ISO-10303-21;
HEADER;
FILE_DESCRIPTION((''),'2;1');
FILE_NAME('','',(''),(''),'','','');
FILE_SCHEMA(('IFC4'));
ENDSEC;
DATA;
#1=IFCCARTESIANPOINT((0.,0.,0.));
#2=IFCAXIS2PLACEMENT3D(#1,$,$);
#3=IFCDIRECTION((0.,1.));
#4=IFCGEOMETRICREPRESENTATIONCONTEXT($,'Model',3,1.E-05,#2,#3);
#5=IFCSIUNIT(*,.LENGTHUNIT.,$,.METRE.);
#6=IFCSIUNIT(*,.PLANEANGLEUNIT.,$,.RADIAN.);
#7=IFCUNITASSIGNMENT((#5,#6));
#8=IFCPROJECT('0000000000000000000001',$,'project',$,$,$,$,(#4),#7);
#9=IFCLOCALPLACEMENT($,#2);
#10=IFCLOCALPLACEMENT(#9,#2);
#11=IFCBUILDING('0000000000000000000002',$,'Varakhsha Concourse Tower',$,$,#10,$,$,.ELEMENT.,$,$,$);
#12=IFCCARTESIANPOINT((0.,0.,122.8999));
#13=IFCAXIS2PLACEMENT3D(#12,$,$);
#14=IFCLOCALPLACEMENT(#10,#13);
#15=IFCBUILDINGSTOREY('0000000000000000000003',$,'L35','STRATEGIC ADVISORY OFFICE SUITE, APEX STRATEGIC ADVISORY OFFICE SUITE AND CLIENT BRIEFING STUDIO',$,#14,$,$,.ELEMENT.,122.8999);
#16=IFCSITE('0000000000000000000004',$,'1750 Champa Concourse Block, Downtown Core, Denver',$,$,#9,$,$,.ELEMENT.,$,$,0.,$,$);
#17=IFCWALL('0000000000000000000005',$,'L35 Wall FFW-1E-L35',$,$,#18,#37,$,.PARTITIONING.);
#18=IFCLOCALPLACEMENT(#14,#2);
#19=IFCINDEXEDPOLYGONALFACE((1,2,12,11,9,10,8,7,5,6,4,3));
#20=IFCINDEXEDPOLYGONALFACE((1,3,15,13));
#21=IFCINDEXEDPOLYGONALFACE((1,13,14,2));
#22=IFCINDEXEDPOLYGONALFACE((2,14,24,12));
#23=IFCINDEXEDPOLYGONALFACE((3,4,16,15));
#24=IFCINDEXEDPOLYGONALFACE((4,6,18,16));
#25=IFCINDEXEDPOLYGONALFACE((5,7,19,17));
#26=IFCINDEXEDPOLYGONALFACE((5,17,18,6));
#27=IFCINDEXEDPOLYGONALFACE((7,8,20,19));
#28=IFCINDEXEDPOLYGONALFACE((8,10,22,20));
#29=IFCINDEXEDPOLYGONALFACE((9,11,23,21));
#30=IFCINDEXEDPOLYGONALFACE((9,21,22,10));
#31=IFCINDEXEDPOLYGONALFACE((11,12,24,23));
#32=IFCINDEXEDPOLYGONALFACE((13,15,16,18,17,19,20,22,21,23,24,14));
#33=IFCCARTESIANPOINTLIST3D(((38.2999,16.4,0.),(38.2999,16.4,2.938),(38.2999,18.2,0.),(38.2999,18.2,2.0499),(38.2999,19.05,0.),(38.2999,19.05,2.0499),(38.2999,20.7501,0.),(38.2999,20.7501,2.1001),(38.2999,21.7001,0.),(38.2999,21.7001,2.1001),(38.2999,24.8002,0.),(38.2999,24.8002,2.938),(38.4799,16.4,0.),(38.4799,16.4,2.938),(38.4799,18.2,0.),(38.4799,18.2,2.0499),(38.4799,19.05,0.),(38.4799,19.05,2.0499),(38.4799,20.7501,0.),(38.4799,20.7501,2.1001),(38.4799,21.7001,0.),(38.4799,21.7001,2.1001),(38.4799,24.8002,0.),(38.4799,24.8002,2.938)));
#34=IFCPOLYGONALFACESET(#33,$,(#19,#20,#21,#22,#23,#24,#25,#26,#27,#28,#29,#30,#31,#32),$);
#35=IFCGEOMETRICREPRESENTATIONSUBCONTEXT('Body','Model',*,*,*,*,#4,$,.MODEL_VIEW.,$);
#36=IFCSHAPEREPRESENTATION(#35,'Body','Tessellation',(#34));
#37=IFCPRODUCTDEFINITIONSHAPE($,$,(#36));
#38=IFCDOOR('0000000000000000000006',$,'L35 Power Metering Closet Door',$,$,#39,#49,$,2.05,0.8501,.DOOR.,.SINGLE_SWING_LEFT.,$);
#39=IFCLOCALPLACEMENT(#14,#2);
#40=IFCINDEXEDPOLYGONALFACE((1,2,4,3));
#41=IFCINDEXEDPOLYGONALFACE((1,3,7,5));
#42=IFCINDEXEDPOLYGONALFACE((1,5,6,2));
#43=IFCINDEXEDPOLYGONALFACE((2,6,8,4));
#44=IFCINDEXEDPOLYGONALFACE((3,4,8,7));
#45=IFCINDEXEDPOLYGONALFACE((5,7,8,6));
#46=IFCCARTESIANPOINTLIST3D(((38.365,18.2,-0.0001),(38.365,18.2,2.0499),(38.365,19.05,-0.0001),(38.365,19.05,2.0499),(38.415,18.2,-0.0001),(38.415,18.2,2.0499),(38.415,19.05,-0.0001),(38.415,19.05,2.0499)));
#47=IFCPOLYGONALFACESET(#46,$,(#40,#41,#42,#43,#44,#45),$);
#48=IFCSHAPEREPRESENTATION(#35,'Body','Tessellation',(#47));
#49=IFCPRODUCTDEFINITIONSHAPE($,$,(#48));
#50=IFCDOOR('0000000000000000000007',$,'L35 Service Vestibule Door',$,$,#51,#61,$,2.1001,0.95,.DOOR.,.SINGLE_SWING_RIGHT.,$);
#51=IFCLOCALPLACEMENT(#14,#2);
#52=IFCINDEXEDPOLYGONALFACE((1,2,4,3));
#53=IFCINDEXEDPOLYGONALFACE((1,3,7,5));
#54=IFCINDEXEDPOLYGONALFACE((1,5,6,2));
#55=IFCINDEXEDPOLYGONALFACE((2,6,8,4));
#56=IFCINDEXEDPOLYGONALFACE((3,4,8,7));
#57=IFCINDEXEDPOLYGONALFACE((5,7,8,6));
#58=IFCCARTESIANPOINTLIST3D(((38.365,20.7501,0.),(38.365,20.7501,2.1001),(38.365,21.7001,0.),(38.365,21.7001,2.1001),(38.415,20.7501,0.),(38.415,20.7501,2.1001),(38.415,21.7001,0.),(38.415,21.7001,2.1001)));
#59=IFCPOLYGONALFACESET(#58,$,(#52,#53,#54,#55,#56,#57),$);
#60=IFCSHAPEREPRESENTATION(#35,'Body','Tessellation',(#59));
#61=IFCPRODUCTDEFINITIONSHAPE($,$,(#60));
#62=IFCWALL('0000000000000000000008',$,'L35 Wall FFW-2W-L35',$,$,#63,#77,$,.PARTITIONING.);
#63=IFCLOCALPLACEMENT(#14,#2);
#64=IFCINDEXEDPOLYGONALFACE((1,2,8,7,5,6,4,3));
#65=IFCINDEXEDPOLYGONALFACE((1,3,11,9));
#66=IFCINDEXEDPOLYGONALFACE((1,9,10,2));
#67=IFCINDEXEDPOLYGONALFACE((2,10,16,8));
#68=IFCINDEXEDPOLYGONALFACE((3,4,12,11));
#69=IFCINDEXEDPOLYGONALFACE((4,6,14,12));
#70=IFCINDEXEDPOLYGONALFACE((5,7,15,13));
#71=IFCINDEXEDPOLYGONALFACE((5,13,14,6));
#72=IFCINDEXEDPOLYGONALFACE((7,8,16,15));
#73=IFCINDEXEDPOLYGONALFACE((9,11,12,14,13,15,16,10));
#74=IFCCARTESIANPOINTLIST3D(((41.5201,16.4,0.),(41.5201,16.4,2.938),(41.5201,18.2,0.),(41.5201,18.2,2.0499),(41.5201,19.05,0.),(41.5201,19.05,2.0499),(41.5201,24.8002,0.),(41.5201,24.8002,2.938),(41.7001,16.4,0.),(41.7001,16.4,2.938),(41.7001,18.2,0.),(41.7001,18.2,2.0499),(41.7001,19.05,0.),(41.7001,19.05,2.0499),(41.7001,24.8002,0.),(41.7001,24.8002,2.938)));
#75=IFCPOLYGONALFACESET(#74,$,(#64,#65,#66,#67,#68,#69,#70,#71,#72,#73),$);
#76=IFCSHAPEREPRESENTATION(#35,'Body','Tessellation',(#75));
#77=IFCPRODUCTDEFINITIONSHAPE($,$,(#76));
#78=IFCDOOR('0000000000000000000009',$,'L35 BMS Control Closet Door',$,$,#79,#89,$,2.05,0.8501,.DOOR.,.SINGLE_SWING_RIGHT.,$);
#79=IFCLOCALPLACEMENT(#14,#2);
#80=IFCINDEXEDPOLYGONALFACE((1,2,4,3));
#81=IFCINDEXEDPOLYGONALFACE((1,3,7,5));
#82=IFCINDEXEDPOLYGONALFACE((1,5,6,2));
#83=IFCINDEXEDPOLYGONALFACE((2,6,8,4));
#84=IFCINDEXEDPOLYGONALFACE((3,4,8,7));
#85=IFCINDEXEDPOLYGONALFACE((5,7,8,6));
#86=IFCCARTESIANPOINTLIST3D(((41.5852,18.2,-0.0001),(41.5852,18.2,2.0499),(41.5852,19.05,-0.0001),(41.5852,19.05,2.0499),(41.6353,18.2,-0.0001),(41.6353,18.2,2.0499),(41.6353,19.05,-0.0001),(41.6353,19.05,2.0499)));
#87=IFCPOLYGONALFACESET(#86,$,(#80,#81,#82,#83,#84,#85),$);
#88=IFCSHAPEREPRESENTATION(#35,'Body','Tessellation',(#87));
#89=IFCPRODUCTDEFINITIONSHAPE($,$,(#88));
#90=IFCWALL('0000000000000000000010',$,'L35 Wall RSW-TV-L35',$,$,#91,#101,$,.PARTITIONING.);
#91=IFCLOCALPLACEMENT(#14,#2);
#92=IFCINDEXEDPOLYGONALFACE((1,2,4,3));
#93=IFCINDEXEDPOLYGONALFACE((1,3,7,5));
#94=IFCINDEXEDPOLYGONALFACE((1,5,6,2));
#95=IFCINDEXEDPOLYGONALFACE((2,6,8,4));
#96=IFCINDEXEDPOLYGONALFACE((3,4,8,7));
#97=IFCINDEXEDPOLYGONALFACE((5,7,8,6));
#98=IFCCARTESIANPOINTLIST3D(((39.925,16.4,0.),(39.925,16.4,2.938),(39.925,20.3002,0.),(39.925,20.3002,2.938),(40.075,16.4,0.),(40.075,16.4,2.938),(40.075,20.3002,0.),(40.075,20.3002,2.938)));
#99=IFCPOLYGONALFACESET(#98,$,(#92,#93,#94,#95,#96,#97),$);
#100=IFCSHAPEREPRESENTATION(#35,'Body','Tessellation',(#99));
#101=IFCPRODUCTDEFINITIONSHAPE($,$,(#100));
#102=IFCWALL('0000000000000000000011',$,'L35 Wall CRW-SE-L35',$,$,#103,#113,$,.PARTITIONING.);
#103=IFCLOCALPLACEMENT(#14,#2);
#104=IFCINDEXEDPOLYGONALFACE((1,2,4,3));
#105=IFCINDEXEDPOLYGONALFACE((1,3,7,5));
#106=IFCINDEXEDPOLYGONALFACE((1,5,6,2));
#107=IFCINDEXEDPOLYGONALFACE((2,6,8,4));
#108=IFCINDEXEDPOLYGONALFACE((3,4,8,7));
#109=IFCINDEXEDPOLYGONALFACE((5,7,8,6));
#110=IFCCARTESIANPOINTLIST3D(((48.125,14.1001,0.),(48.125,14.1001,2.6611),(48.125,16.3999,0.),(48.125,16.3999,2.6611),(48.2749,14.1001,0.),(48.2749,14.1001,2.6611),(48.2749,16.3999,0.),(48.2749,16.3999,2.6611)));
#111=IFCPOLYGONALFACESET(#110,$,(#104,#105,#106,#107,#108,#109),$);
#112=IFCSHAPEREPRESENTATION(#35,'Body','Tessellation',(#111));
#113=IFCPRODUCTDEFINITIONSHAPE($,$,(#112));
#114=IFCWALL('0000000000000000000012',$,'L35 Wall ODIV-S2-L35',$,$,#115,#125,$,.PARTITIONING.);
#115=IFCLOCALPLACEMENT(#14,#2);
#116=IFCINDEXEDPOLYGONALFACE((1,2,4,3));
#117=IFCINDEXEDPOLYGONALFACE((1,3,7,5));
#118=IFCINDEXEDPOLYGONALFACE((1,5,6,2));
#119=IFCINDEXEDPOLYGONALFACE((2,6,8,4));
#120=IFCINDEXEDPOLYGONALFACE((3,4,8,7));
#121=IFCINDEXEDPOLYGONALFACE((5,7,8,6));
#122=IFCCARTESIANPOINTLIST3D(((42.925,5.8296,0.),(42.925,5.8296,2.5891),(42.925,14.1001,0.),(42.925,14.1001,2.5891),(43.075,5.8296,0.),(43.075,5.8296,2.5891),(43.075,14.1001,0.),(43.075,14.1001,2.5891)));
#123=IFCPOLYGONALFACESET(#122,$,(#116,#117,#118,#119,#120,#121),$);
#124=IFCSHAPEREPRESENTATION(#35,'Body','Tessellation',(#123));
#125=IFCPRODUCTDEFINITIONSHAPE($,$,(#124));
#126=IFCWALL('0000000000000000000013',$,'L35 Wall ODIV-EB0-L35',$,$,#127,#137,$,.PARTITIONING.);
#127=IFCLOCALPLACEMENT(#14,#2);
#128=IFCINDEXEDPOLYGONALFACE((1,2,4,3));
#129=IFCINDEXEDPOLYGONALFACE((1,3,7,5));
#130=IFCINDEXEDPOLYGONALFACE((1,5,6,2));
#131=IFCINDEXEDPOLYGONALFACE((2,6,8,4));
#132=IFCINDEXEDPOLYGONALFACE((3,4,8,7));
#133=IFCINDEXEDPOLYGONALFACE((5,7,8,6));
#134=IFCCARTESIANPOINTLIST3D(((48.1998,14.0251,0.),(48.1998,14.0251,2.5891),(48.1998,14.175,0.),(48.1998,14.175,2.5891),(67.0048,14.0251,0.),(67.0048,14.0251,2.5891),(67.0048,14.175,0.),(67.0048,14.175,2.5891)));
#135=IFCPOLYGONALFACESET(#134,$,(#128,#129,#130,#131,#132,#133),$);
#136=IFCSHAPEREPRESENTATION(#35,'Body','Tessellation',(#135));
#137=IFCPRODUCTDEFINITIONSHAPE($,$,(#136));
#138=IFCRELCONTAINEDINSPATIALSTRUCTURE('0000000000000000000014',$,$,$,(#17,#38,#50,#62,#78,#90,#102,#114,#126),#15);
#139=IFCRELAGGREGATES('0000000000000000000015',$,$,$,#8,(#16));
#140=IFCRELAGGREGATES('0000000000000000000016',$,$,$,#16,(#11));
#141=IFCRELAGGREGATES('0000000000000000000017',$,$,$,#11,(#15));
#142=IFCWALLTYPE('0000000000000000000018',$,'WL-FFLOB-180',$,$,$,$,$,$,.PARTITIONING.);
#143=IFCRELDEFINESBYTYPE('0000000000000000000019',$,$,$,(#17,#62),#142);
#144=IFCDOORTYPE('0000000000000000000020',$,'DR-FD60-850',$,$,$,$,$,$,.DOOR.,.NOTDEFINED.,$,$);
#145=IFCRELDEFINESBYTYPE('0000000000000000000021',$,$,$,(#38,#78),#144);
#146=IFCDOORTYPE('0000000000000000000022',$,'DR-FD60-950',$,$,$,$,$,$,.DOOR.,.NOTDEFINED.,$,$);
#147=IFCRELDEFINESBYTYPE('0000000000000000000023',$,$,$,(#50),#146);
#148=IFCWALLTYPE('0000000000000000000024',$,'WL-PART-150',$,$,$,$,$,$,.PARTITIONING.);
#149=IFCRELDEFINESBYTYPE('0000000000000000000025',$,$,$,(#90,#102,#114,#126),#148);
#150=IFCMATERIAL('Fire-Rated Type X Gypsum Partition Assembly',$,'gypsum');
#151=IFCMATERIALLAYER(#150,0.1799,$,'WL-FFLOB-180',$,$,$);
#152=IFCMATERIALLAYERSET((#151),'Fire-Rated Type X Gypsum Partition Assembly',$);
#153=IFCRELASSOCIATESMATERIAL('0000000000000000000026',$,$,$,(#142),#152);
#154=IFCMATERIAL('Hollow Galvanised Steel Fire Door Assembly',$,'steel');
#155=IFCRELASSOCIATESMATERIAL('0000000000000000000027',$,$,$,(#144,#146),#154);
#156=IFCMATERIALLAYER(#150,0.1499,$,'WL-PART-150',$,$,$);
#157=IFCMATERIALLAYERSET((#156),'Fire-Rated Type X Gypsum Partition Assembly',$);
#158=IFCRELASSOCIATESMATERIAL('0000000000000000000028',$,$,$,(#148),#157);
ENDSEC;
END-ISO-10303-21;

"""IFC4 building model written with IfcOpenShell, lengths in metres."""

from ifc_helpers import new_model, si_unit, direction, frame, frame_2d, origin, place, context, subcontext, project, spatial, rectangle, extrude, material, layer, layer_set, type_object, element, fill, save


model = new_model("IFC4")

# Units and contexts
model_context = context("Model", 3, precision=1e-05, world=origin(), true_north=direction((0.0, 1.0)))
body_context = subcontext(model_context, "Body", "Model", "MODEL_VIEW")
ifc_project = project(units=[si_unit("LENGTHUNIT", "METRE"), si_unit("PLANEANGLEUNIT", "RADIAN")], contexts=[model_context])

# Site, building, storey
site_placement = place(None, origin())
site = spatial("IfcSite", under=ifc_project, at=site_placement, Name="1750 Champa Concourse Block, Downtown Core, Denver", CompositionType="ELEMENT", RefElevation=0.0)
building_placement = place(site_placement, origin())
building = spatial("IfcBuilding", under=site, at=building_placement, Name="Varakhsha Concourse Tower", CompositionType="ELEMENT")
storey_placement = place(building_placement, frame((0.0, 0.0, 122.8999)))
storey = spatial("IfcBuildingStorey", under=building, at=storey_placement, Name="L35", Description="STRATEGIC ADVISORY OFFICE SUITE, APEX STRATEGIC ADVISORY OFFICE SUITE AND CLIENT BRIEFING STUDIO", CompositionType="ELEMENT", Elevation=122.8999)

# Wall, openings, doors
ifc_material_1 = material(Name="Fire-Rated Type X Gypsum Partition Assembly", Category="gypsum")
ifc_layer_1 = layer(ifc_material_1, 0.1799, Name="WL-FFLOB-180")
ifc_layer_set_1 = layer_set([ifc_layer_1], Name="Fire-Rated Type X Gypsum Partition Assembly")
wall_type_1 = type_object("IfcWallType", Name="WL-FFLOB-180", PredefinedType="PARTITIONING", material=ifc_layer_set_1)
wall_1_placement = place(storey_placement, frame((38.3899, 16.3999, 0.0), z_axis=(0.0, 0.0, 1.0), x_axis=(0.0, 1.0, 0.0)))
wall_1 = element("IfcWall", 1, at=wall_1_placement, inside=storey, type_object=wall_type_1, Name="L35 Wall FFW-1E-L35", PredefinedType="PARTITIONING", context=body_context, shape_type="SweptSolid", body=[
    extrude(rectangle(XDim=8.4001, YDim=0.1799, at=frame_2d((4.2002, 0.0))), origin(), (0.0, 0.0, 1.0), 2.938),
])
opening_1_placement = place(wall_1_placement, frame((1.8, 0.0, 0.0)))
opening_1 = element("IfcOpeningElement", 2, at=opening_1_placement, cuts=wall_1, PredefinedType="OPENING", context=body_context, shape_type="SweptSolid", body=[
    extrude(rectangle(XDim=0.8501, YDim=2.05, at=frame_2d((0.425, 1.0249))), frame((0.0, 0.0999, 0.0), z_axis=(0.0, -1.0, 0.0), x_axis=(1.0, 0.0, 0.0)), (0.0, 0.0, 1.0), 0.2),
])
opening_2_placement = place(wall_1_placement, frame((4.3501, 0.0, 0.0)))
opening_2 = element("IfcOpeningElement", 3, at=opening_2_placement, cuts=wall_1, PredefinedType="OPENING", context=body_context, shape_type="SweptSolid", body=[
    extrude(rectangle(XDim=0.95, YDim=2.1001, at=frame_2d((0.4751, 1.05))), frame((0.0, 0.0999, 0.0), z_axis=(0.0, -1.0, 0.0), x_axis=(1.0, 0.0, 0.0)), (0.0, 0.0, 1.0), 0.2),
])
ifc_material_2 = material(Name="Hollow Galvanised Steel Fire Door Assembly", Category="steel")
door_type_1 = type_object("IfcDoorType", Name="DR-FD60-850", OperationType="NOTDEFINED", PredefinedType="DOOR", material=ifc_material_2)
door_1_placement = place(opening_1_placement, origin())
door_1 = element("IfcDoor", 4, at=door_1_placement, inside=storey, type_object=door_type_1, Name="L35 Power Metering Closet Door", OperationType="SINGLE_SWING_LEFT", OverallHeight=2.05, OverallWidth=0.8501, PredefinedType="DOOR", context=body_context, shape_type="SweptSolid", body=[
    extrude(rectangle(XDim=0.8501, YDim=2.05, at=frame_2d((0.425, 1.0249))), frame((0.0, 0.0249, 0.0), z_axis=(0.0, -1.0, 0.0), x_axis=(1.0, 0.0, 0.0)), (0.0, 0.0, 1.0), 0.05),
])
fill(opening_1, door_1)
door_type_2 = type_object("IfcDoorType", Name="DR-FD60-950", OperationType="NOTDEFINED", PredefinedType="DOOR", material=ifc_material_2)
door_2_placement = place(opening_2_placement, origin())
door_2 = element("IfcDoor", 5, at=door_2_placement, inside=storey, type_object=door_type_2, Name="L35 Service Vestibule Door", OperationType="SINGLE_SWING_RIGHT", OverallHeight=2.1001, OverallWidth=0.95, PredefinedType="DOOR", context=body_context, shape_type="SweptSolid", body=[
    extrude(rectangle(XDim=0.95, YDim=2.1001, at=frame_2d((0.4751, 1.05))), frame((0.0, 0.0249, 0.0), z_axis=(0.0, -1.0, 0.0), x_axis=(1.0, 0.0, 0.0)), (0.0, 0.0, 1.0), 0.05),
])
fill(opening_2, door_2)

# Wall, opening, door
wall_2_placement = place(storey_placement, frame((41.6101, 16.3999, 0.0), z_axis=(0.0, 0.0, 1.0), x_axis=(0.0, 1.0, 0.0)))
wall_2 = element("IfcWall", 6, at=wall_2_placement, inside=storey, type_object=wall_type_1, Name="L35 Wall FFW-2W-L35", PredefinedType="PARTITIONING", context=body_context, shape_type="SweptSolid", body=[
    extrude(rectangle(XDim=8.4001, YDim=0.1799, at=frame_2d((4.2002, 0.0))), origin(), (0.0, 0.0, 1.0), 2.938),
])
opening_3_placement = place(wall_2_placement, frame((1.8, 0.0, 0.0)))
opening_3 = element("IfcOpeningElement", 7, at=opening_3_placement, cuts=wall_2, PredefinedType="OPENING", context=body_context, shape_type="SweptSolid", body=[
    extrude(rectangle(XDim=0.8501, YDim=2.05, at=frame_2d((0.425, 1.0249))), frame((0.0, 0.0999, 0.0), z_axis=(0.0, -1.0, 0.0), x_axis=(1.0, 0.0, 0.0)), (0.0, 0.0, 1.0), 0.2),
])
door_3_placement = place(opening_3_placement, origin())
door_3 = element("IfcDoor", 8, at=door_3_placement, inside=storey, type_object=door_type_1, Name="L35 BMS Control Closet Door", OperationType="SINGLE_SWING_RIGHT", OverallHeight=2.05, OverallWidth=0.8501, PredefinedType="DOOR", context=body_context, shape_type="SweptSolid", body=[
    extrude(rectangle(XDim=0.8501, YDim=2.05, at=frame_2d((0.425, 1.0249))), frame((0.0, 0.0249, 0.0), z_axis=(0.0, -1.0, 0.0), x_axis=(1.0, 0.0, 0.0)), (0.0, 0.0, 1.0), 0.05),
])
fill(opening_3, door_3)

# Walls
ifc_layer_2 = layer(ifc_material_1, 0.1499, Name="WL-PART-150")
ifc_layer_set_2 = layer_set([ifc_layer_2], Name="Fire-Rated Type X Gypsum Partition Assembly")
wall_type_2 = type_object("IfcWallType", Name="WL-PART-150", PredefinedType="PARTITIONING", material=ifc_layer_set_2)
wall_3_placement = place(storey_placement, frame((40.0, 16.3999, 0.0), z_axis=(0.0, 0.0, 1.0), x_axis=(0.0, 1.0, 0.0)))
element("IfcWall", 9, at=wall_3_placement, inside=storey, type_object=wall_type_2, Name="L35 Wall RSW-TV-L35", PredefinedType="PARTITIONING", context=body_context, shape_type="SweptSolid", body=[
    extrude(rectangle(XDim=3.9001, YDim=0.1499, at=frame_2d((1.9502, 0.0))), origin(), (0.0, 0.0, 1.0), 2.938),
])
wall_4_placement = place(storey_placement, frame((48.2, 14.1001, 0.0), z_axis=(0.0, 0.0, 1.0), x_axis=(0.0, 1.0, 0.0)))
element("IfcWall", 10, at=wall_4_placement, inside=storey, type_object=wall_type_2, Name="L35 Wall CRW-SE-L35", PredefinedType="PARTITIONING", context=body_context, shape_type="SweptSolid", body=[
    extrude(rectangle(XDim=2.2998, YDim=0.1499, at=frame_2d((1.1499, 0.0))), origin(), (0.0, 0.0, 1.0), 2.6611),
])
wall_5_placement = place(storey_placement, frame((43.0, 5.8296, 0.0), z_axis=(0.0, 0.0, 1.0), x_axis=(0.0, 1.0, 0.0)))
element("IfcWall", 11, at=wall_5_placement, inside=storey, type_object=wall_type_2, Name="L35 Wall ODIV-S2-L35", PredefinedType="PARTITIONING", context=body_context, shape_type="SweptSolid", body=[
    extrude(rectangle(XDim=8.2705, YDim=0.1499, at=frame_2d((4.1353, 0.0))), origin(), (0.0, 0.0, 1.0), 2.5891),
])
wall_6_placement = place(storey_placement, frame((48.2, 14.1001, 0.0), z_axis=(0.0, 0.0, 1.0), x_axis=(1.0, 0.0, 0.0)))
element("IfcWall", 12, at=wall_6_placement, inside=storey, type_object=wall_type_2, Name="L35 Wall ODIV-EB0-L35", PredefinedType="PARTITIONING", context=body_context, shape_type="SweptSolid", body=[
    extrude(rectangle(XDim=18.8049, YDim=0.1499, at=frame_2d((9.4023, 0.0))), origin(), (0.0, 0.0, 1.0), 2.5891),
])

save(model, "model.ifc")
